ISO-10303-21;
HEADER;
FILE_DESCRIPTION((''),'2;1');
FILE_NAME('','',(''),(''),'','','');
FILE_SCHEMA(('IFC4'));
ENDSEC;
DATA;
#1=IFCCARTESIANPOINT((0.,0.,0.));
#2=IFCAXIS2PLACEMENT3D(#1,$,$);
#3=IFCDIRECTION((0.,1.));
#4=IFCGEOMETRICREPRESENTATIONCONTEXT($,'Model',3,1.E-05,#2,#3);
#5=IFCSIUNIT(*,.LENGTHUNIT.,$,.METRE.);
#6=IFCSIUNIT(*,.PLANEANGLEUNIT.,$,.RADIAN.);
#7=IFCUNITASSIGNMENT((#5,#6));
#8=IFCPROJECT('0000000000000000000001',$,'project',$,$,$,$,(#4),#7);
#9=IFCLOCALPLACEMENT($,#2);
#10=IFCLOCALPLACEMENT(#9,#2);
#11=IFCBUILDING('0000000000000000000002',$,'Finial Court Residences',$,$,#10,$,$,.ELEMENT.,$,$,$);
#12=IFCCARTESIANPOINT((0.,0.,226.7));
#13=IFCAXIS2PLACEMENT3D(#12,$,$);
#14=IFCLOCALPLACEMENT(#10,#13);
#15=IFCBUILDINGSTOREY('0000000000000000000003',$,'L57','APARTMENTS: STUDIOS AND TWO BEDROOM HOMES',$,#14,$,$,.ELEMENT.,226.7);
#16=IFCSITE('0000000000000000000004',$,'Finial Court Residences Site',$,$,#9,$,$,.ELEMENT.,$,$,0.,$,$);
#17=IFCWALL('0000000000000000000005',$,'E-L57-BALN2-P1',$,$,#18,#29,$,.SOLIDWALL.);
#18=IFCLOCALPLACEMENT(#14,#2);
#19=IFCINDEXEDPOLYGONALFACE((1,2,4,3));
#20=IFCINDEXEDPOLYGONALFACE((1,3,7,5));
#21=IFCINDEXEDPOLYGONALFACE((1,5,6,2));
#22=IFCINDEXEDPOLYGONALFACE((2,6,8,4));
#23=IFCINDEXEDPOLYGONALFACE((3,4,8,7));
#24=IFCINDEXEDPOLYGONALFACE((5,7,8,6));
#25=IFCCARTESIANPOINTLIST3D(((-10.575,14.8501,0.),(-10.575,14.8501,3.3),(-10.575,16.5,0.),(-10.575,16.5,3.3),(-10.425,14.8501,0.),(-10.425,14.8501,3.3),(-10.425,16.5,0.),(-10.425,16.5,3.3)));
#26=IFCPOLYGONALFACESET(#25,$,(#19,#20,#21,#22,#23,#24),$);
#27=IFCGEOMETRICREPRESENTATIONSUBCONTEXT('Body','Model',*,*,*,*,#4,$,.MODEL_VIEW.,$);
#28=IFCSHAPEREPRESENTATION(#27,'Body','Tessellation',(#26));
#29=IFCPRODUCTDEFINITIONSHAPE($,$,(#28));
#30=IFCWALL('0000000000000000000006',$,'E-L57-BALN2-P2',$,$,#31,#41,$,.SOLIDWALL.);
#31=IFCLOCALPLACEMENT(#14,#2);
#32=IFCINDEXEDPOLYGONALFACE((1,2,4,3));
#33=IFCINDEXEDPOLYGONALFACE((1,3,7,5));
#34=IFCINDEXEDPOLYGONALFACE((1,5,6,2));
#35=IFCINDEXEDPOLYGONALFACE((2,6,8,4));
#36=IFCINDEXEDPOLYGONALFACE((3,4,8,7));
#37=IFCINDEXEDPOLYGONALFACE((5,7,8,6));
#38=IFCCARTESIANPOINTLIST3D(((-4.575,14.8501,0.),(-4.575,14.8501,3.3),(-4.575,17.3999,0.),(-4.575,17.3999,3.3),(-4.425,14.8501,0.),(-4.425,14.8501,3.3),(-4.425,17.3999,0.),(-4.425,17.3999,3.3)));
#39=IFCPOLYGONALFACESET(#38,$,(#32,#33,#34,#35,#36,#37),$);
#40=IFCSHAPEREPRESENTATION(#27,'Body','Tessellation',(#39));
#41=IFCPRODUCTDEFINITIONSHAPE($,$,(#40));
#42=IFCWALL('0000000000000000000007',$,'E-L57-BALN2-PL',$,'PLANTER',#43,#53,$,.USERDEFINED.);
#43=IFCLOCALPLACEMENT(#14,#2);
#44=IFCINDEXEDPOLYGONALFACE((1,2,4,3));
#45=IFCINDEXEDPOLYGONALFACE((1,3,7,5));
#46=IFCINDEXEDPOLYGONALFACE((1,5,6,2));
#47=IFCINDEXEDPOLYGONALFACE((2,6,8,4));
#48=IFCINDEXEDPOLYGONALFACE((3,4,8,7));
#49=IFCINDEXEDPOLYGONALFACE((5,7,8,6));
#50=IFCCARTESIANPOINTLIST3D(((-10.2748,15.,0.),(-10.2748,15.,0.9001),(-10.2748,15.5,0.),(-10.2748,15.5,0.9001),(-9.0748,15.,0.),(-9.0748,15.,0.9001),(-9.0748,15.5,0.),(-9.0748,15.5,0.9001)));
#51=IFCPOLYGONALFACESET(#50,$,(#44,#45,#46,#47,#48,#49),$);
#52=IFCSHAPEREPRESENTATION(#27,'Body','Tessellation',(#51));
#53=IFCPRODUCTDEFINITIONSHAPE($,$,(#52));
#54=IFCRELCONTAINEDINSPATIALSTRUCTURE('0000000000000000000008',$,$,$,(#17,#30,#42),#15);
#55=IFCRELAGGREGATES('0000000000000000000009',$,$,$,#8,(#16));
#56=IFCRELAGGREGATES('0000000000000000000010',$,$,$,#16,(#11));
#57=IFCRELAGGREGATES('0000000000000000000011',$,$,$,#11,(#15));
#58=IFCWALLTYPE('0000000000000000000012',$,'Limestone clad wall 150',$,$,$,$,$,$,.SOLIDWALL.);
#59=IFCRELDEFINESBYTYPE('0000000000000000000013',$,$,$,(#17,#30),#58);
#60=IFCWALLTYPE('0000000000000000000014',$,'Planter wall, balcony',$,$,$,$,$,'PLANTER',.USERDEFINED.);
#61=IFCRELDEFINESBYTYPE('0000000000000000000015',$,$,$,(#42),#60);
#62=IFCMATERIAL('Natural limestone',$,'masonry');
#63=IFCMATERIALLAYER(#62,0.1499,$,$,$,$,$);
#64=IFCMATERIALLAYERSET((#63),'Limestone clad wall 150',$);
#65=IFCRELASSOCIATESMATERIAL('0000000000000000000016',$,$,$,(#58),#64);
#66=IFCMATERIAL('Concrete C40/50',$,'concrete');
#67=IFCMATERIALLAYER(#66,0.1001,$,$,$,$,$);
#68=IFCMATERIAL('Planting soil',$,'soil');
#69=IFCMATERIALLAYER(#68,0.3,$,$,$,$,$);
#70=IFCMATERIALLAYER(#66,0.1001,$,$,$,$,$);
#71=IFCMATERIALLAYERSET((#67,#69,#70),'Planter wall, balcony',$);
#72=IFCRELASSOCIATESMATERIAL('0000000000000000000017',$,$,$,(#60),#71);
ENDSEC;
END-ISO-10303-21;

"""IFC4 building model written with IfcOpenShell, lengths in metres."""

from ifc_helpers import new_model, si_unit, direction, frame, frame_2d, origin, place, context, subcontext, project, spatial, rectangle, extrude, material, layer, layer_set, type_object, element, save


model = new_model("IFC4")

# Units and contexts
model_context = context("Model", 3, precision=1e-05, world=origin(), true_north=direction((0.0, 1.0)))
body_context = subcontext(model_context, "Body", "Model", "MODEL_VIEW")
ifc_project = project(units=[si_unit("LENGTHUNIT", "METRE"), si_unit("PLANEANGLEUNIT", "RADIAN")], contexts=[model_context])

# Site, building, storey
site_placement = place(None, origin())
site = spatial("IfcSite", under=ifc_project, at=site_placement, Name="Finial Court Residences Site", CompositionType="ELEMENT", RefElevation=0.0)
building_placement = place(site_placement, origin())
building = spatial("IfcBuilding", under=site, at=building_placement, Name="Finial Court Residences", CompositionType="ELEMENT")
storey_placement = place(building_placement, frame((0.0, 0.0, 226.7)))
storey = spatial("IfcBuildingStorey", under=building, at=storey_placement, Name="L57", Description="APARTMENTS: STUDIOS AND TWO BEDROOM HOMES", CompositionType="ELEMENT", Elevation=226.7)

# Walls
ifc_material_1 = material(Name="Natural limestone", Category="masonry")
ifc_layer_1 = layer(ifc_material_1, 0.1499)
ifc_layer_set_1 = layer_set([ifc_layer_1], Name="Limestone clad wall 150")
wall_type_1 = type_object("IfcWallType", Name="Limestone clad wall 150", PredefinedType="SOLIDWALL", material=ifc_layer_set_1)
wall_1_placement = place(storey_placement, frame((-10.5, 14.8501, 0.0), z_axis=(0.0, 0.0, 1.0), x_axis=(0.0, 1.0, 0.0)))
element("IfcWall", 1, at=wall_1_placement, inside=storey, type_object=wall_type_1, Name="E-L57-BALN2-P1", PredefinedType="SOLIDWALL", context=body_context, shape_type="SweptSolid", body=[
    extrude(rectangle(XDim=1.6499, YDim=0.1499, at=frame_2d((0.825, 0.0))), origin(), (0.0, 0.0, 1.0), 3.3),
])
wall_2_placement = place(storey_placement, frame((-4.5, 14.8501, 0.0), z_axis=(0.0, 0.0, 1.0), x_axis=(0.0, 1.0, 0.0)))
element("IfcWall", 2, at=wall_2_placement, inside=storey, type_object=wall_type_1, Name="E-L57-BALN2-P2", PredefinedType="SOLIDWALL", context=body_context, shape_type="SweptSolid", body=[
    extrude(rectangle(XDim=2.5498, YDim=0.1499, at=frame_2d((1.2749, 0.0))), origin(), (0.0, 0.0, 1.0), 3.3),
])

# Wall
ifc_material_2 = material(Name="Concrete C40/50", Category="concrete")
ifc_layer_2 = layer(ifc_material_2, 0.1001)
ifc_material_3 = material(Name="Planting soil", Category="soil")
ifc_layer_3 = layer(ifc_material_3, 0.3)
ifc_layer_4 = layer(ifc_material_2, 0.1001)
ifc_layer_set_2 = layer_set([ifc_layer_2, ifc_layer_3, ifc_layer_4], Name="Planter wall, balcony")
wall_type_2 = type_object("IfcWallType", Name="Planter wall, balcony", ElementType="PLANTER", PredefinedType="USERDEFINED", material=ifc_layer_set_2)
wall_3_placement = place(storey_placement, frame((-10.2749, 15.25, 0.0), z_axis=(0.0, 0.0, 1.0), x_axis=(1.0, 0.0, 0.0)))
element("IfcWall", 3, at=wall_3_placement, inside=storey, type_object=wall_type_2, Name="E-L57-BALN2-PL", ObjectType="PLANTER", PredefinedType="USERDEFINED", context=body_context, shape_type="SweptSolid", body=[
    extrude(rectangle(XDim=1.2, YDim=0.5, at=frame_2d((0.6001, 0.0))), origin(), (0.0, 0.0, 1.0), 0.9001),
])

save(model, "model.ifc")
